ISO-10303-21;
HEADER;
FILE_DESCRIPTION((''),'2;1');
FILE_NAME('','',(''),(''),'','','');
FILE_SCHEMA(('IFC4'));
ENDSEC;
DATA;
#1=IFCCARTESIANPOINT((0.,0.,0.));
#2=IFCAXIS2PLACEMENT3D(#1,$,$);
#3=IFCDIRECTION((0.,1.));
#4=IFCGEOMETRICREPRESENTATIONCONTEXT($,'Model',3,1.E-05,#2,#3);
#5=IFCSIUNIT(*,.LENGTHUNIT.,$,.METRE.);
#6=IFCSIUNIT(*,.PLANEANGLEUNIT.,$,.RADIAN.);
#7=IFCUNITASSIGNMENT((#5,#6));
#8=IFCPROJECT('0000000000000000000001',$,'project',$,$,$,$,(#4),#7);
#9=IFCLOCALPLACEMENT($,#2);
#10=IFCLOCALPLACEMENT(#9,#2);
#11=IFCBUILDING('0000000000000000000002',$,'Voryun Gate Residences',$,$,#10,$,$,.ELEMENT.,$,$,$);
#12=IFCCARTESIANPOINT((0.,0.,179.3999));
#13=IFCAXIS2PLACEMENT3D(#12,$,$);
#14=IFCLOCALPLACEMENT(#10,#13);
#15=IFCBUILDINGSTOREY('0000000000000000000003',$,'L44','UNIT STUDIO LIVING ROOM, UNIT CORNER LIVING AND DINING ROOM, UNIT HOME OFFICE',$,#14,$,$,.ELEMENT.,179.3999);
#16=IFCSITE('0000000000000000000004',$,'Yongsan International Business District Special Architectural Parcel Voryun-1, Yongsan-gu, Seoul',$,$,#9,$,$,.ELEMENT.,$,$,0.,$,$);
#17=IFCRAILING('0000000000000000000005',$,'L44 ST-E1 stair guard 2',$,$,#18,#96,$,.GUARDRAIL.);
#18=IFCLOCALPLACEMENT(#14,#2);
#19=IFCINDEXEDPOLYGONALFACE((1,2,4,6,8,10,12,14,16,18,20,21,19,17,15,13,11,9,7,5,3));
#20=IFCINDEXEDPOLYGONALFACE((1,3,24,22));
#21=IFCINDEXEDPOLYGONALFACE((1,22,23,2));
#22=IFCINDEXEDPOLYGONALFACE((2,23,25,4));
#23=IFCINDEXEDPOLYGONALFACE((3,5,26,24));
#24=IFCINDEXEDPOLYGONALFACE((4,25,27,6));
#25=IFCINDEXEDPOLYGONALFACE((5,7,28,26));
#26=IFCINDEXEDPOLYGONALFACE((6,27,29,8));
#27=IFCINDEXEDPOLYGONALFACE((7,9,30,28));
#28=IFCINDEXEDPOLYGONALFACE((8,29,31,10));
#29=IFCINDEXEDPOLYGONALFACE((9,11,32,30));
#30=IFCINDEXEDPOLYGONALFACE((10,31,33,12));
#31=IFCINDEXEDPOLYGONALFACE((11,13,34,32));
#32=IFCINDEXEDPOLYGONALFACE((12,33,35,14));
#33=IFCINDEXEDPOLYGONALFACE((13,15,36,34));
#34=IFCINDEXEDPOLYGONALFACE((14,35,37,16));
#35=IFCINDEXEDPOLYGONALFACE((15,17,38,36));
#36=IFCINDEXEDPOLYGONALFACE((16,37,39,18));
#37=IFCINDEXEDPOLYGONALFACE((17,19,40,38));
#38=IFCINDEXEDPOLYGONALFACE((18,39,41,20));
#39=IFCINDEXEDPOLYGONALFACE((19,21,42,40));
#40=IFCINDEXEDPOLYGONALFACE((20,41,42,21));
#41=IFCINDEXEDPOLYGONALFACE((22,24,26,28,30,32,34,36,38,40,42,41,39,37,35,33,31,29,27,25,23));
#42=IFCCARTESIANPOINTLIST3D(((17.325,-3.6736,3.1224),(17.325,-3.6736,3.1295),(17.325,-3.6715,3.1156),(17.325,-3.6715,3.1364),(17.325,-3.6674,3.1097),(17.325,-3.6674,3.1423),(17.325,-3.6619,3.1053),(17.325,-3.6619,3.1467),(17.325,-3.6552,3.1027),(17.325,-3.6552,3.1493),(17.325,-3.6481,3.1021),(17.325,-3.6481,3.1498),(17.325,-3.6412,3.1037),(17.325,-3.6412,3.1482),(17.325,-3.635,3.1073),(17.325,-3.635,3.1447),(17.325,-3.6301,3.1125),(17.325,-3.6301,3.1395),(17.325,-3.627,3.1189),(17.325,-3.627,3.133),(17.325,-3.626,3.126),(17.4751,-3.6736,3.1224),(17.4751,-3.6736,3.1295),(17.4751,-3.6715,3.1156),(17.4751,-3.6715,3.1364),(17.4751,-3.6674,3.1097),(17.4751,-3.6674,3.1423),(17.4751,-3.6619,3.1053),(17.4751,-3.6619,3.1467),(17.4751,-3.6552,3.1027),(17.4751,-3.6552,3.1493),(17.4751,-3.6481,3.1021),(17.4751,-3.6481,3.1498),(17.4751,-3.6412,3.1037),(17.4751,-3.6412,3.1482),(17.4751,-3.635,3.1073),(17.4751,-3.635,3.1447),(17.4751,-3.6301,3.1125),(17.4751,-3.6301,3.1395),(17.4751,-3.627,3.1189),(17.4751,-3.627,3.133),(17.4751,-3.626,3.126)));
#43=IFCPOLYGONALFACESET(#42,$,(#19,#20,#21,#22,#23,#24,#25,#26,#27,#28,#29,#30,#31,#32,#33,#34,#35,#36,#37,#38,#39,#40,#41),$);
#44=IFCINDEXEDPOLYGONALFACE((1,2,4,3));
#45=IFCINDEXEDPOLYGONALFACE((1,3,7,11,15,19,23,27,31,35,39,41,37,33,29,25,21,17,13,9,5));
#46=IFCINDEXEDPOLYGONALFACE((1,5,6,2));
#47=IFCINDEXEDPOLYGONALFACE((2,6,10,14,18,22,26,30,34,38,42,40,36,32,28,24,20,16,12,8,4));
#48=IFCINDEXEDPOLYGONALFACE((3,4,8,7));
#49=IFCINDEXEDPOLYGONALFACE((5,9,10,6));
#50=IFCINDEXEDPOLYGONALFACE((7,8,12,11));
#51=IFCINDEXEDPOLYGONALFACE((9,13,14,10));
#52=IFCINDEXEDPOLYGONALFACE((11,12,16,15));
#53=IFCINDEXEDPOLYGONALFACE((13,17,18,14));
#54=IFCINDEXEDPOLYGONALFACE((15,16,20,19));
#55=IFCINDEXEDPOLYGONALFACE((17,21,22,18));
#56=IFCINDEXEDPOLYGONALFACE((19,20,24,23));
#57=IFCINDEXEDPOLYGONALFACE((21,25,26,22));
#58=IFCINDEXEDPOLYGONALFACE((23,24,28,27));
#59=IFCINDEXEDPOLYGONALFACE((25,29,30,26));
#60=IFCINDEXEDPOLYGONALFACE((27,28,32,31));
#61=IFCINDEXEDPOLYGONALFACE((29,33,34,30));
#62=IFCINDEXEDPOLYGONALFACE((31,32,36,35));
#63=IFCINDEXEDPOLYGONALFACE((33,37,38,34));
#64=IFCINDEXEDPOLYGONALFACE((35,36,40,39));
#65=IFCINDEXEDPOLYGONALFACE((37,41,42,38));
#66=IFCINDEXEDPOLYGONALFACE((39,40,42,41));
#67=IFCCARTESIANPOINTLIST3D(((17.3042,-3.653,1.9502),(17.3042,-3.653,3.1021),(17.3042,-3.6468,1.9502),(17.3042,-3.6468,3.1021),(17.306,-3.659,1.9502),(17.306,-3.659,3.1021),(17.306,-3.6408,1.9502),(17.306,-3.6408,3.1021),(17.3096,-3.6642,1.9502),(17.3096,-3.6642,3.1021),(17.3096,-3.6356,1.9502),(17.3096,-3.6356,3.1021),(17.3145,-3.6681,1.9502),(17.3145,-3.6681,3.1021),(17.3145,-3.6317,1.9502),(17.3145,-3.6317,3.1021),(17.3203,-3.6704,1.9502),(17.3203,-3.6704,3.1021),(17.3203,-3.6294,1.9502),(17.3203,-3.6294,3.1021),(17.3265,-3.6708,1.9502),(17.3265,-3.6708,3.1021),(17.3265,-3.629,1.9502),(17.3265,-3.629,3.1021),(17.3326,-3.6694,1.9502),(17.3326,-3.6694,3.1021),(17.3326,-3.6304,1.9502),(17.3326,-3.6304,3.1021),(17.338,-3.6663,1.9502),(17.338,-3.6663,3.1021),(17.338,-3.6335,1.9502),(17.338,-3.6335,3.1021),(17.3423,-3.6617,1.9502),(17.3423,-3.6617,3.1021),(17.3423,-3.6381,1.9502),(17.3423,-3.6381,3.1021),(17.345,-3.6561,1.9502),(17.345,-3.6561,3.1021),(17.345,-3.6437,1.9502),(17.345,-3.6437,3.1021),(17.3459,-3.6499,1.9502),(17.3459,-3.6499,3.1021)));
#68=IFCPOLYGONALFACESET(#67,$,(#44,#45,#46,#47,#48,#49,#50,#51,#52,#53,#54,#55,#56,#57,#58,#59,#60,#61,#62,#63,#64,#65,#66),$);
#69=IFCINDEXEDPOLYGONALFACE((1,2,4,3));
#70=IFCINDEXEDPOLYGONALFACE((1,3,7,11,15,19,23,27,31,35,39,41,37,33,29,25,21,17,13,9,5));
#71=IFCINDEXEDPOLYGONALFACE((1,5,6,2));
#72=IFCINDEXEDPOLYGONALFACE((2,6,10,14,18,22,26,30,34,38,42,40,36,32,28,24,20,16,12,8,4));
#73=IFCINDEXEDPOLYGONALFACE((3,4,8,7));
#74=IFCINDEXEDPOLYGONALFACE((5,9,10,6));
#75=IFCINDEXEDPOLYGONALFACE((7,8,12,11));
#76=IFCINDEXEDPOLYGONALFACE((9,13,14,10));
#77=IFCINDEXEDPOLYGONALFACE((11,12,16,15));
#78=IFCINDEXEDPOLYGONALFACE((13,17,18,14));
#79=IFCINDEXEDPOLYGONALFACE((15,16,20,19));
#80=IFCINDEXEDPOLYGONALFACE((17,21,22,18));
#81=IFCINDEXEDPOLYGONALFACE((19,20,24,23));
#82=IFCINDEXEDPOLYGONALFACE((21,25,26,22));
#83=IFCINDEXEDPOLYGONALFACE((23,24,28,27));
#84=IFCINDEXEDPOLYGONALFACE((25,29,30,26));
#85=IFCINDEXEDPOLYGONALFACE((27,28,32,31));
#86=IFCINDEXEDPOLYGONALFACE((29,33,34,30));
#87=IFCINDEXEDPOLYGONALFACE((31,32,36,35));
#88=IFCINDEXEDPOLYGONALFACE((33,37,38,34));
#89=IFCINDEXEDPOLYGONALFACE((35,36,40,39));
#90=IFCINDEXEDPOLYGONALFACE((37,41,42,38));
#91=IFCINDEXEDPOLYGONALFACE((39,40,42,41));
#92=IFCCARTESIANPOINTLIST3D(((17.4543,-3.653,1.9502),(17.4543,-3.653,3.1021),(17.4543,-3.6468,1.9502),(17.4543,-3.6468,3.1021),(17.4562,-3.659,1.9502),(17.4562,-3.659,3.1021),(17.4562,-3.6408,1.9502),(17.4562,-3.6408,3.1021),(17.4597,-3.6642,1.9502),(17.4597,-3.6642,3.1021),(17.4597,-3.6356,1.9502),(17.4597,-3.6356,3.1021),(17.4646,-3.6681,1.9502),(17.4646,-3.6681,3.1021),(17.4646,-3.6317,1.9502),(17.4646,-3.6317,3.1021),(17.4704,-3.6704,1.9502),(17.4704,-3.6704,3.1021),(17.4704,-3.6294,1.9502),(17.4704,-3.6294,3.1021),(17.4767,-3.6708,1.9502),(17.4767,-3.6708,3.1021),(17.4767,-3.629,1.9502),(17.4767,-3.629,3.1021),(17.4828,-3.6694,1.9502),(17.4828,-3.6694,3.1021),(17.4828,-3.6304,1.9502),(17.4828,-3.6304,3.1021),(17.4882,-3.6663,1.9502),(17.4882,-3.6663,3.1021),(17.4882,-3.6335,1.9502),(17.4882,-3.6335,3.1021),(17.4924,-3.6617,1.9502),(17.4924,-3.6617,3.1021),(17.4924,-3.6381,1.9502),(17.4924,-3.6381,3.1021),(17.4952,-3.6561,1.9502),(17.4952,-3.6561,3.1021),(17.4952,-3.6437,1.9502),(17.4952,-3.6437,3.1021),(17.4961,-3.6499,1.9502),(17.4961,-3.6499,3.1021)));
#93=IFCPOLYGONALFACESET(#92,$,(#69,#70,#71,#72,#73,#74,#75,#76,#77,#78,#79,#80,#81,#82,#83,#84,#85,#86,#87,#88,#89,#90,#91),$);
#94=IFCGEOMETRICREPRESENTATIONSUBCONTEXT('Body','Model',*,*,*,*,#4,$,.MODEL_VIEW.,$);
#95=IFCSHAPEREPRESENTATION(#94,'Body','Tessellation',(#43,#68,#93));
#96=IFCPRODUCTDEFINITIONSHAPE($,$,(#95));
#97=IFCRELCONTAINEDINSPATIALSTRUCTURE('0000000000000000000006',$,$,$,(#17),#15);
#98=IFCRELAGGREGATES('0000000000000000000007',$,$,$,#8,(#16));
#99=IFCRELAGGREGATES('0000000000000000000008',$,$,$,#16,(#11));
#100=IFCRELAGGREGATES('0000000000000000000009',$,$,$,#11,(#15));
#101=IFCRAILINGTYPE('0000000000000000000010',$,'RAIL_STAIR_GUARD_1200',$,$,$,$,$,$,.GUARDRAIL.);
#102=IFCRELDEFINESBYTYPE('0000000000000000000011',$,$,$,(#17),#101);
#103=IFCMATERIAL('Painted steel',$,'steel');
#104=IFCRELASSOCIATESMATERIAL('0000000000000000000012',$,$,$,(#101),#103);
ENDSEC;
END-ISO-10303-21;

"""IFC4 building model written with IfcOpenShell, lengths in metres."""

from ifc_helpers import new_model, si_unit, direction, frame, origin, origin_2d, place, context, subcontext, project, spatial, circle, extrude, material, type_object, element, save


model = new_model("IFC4")

# Units and contexts
model_context = context("Model", 3, precision=1e-05, world=origin(), true_north=direction((0.0, 1.0)))
body_context = subcontext(model_context, "Body", "Model", "MODEL_VIEW")
ifc_project = project(units=[si_unit("LENGTHUNIT", "METRE"), si_unit("PLANEANGLEUNIT", "RADIAN")], contexts=[model_context])

# Site, building, storey
site_placement = place(None, origin())
site = spatial("IfcSite", under=ifc_project, at=site_placement, Name="Yongsan International Business District Special Architectural Parcel Voryun-1, Yongsan-gu, Seoul", CompositionType="ELEMENT", RefElevation=0.0)
building_placement = place(site_placement, origin())
building = spatial("IfcBuilding", under=site, at=building_placement, Name="Voryun Gate Residences", CompositionType="ELEMENT")
storey_placement = place(building_placement, frame((0.0, 0.0, 179.3999)))
storey = spatial("IfcBuildingStorey", under=building, at=storey_placement, Name="L44", Description="UNIT STUDIO LIVING ROOM, UNIT CORNER LIVING AND DINING ROOM, UNIT HOME OFFICE", CompositionType="ELEMENT", Elevation=179.3999)

# Railing
ifc_material_1 = material(Name="Painted steel", Category="steel")
railing_type_1 = type_object("IfcRailingType", Name="RAIL_STAIR_GUARD_1200", PredefinedType="GUARDRAIL", material=ifc_material_1)
railing_1_placement = place(storey_placement, frame((17.325, -3.6499, 1.9502)))
element("IfcRailing", 1, at=railing_1_placement, inside=storey, type_object=railing_type_1, Name="L44 ST-E1 stair guard 2", PredefinedType="GUARDRAIL", context=body_context, shape_type="SweptSolid", body=[
    extrude(circle(Radius=0.0239, at=origin_2d()), frame((0.0, 0.0, 1.1758), z_axis=(1.0, 0.0, 0.0), x_axis=(0.0, 1.0, 0.0)), (0.0, 0.0, 1.0), 0.1501),
    extrude(circle(Radius=0.021, at=origin_2d()), origin(), (0.0, 0.0, 1.0), 1.1519),
    extrude(circle(Radius=0.021, at=origin_2d()), frame((0.1501, 0.0, 0.0)), (0.0, 0.0, 1.0), 1.1519),
])

save(model, "model.ifc")
